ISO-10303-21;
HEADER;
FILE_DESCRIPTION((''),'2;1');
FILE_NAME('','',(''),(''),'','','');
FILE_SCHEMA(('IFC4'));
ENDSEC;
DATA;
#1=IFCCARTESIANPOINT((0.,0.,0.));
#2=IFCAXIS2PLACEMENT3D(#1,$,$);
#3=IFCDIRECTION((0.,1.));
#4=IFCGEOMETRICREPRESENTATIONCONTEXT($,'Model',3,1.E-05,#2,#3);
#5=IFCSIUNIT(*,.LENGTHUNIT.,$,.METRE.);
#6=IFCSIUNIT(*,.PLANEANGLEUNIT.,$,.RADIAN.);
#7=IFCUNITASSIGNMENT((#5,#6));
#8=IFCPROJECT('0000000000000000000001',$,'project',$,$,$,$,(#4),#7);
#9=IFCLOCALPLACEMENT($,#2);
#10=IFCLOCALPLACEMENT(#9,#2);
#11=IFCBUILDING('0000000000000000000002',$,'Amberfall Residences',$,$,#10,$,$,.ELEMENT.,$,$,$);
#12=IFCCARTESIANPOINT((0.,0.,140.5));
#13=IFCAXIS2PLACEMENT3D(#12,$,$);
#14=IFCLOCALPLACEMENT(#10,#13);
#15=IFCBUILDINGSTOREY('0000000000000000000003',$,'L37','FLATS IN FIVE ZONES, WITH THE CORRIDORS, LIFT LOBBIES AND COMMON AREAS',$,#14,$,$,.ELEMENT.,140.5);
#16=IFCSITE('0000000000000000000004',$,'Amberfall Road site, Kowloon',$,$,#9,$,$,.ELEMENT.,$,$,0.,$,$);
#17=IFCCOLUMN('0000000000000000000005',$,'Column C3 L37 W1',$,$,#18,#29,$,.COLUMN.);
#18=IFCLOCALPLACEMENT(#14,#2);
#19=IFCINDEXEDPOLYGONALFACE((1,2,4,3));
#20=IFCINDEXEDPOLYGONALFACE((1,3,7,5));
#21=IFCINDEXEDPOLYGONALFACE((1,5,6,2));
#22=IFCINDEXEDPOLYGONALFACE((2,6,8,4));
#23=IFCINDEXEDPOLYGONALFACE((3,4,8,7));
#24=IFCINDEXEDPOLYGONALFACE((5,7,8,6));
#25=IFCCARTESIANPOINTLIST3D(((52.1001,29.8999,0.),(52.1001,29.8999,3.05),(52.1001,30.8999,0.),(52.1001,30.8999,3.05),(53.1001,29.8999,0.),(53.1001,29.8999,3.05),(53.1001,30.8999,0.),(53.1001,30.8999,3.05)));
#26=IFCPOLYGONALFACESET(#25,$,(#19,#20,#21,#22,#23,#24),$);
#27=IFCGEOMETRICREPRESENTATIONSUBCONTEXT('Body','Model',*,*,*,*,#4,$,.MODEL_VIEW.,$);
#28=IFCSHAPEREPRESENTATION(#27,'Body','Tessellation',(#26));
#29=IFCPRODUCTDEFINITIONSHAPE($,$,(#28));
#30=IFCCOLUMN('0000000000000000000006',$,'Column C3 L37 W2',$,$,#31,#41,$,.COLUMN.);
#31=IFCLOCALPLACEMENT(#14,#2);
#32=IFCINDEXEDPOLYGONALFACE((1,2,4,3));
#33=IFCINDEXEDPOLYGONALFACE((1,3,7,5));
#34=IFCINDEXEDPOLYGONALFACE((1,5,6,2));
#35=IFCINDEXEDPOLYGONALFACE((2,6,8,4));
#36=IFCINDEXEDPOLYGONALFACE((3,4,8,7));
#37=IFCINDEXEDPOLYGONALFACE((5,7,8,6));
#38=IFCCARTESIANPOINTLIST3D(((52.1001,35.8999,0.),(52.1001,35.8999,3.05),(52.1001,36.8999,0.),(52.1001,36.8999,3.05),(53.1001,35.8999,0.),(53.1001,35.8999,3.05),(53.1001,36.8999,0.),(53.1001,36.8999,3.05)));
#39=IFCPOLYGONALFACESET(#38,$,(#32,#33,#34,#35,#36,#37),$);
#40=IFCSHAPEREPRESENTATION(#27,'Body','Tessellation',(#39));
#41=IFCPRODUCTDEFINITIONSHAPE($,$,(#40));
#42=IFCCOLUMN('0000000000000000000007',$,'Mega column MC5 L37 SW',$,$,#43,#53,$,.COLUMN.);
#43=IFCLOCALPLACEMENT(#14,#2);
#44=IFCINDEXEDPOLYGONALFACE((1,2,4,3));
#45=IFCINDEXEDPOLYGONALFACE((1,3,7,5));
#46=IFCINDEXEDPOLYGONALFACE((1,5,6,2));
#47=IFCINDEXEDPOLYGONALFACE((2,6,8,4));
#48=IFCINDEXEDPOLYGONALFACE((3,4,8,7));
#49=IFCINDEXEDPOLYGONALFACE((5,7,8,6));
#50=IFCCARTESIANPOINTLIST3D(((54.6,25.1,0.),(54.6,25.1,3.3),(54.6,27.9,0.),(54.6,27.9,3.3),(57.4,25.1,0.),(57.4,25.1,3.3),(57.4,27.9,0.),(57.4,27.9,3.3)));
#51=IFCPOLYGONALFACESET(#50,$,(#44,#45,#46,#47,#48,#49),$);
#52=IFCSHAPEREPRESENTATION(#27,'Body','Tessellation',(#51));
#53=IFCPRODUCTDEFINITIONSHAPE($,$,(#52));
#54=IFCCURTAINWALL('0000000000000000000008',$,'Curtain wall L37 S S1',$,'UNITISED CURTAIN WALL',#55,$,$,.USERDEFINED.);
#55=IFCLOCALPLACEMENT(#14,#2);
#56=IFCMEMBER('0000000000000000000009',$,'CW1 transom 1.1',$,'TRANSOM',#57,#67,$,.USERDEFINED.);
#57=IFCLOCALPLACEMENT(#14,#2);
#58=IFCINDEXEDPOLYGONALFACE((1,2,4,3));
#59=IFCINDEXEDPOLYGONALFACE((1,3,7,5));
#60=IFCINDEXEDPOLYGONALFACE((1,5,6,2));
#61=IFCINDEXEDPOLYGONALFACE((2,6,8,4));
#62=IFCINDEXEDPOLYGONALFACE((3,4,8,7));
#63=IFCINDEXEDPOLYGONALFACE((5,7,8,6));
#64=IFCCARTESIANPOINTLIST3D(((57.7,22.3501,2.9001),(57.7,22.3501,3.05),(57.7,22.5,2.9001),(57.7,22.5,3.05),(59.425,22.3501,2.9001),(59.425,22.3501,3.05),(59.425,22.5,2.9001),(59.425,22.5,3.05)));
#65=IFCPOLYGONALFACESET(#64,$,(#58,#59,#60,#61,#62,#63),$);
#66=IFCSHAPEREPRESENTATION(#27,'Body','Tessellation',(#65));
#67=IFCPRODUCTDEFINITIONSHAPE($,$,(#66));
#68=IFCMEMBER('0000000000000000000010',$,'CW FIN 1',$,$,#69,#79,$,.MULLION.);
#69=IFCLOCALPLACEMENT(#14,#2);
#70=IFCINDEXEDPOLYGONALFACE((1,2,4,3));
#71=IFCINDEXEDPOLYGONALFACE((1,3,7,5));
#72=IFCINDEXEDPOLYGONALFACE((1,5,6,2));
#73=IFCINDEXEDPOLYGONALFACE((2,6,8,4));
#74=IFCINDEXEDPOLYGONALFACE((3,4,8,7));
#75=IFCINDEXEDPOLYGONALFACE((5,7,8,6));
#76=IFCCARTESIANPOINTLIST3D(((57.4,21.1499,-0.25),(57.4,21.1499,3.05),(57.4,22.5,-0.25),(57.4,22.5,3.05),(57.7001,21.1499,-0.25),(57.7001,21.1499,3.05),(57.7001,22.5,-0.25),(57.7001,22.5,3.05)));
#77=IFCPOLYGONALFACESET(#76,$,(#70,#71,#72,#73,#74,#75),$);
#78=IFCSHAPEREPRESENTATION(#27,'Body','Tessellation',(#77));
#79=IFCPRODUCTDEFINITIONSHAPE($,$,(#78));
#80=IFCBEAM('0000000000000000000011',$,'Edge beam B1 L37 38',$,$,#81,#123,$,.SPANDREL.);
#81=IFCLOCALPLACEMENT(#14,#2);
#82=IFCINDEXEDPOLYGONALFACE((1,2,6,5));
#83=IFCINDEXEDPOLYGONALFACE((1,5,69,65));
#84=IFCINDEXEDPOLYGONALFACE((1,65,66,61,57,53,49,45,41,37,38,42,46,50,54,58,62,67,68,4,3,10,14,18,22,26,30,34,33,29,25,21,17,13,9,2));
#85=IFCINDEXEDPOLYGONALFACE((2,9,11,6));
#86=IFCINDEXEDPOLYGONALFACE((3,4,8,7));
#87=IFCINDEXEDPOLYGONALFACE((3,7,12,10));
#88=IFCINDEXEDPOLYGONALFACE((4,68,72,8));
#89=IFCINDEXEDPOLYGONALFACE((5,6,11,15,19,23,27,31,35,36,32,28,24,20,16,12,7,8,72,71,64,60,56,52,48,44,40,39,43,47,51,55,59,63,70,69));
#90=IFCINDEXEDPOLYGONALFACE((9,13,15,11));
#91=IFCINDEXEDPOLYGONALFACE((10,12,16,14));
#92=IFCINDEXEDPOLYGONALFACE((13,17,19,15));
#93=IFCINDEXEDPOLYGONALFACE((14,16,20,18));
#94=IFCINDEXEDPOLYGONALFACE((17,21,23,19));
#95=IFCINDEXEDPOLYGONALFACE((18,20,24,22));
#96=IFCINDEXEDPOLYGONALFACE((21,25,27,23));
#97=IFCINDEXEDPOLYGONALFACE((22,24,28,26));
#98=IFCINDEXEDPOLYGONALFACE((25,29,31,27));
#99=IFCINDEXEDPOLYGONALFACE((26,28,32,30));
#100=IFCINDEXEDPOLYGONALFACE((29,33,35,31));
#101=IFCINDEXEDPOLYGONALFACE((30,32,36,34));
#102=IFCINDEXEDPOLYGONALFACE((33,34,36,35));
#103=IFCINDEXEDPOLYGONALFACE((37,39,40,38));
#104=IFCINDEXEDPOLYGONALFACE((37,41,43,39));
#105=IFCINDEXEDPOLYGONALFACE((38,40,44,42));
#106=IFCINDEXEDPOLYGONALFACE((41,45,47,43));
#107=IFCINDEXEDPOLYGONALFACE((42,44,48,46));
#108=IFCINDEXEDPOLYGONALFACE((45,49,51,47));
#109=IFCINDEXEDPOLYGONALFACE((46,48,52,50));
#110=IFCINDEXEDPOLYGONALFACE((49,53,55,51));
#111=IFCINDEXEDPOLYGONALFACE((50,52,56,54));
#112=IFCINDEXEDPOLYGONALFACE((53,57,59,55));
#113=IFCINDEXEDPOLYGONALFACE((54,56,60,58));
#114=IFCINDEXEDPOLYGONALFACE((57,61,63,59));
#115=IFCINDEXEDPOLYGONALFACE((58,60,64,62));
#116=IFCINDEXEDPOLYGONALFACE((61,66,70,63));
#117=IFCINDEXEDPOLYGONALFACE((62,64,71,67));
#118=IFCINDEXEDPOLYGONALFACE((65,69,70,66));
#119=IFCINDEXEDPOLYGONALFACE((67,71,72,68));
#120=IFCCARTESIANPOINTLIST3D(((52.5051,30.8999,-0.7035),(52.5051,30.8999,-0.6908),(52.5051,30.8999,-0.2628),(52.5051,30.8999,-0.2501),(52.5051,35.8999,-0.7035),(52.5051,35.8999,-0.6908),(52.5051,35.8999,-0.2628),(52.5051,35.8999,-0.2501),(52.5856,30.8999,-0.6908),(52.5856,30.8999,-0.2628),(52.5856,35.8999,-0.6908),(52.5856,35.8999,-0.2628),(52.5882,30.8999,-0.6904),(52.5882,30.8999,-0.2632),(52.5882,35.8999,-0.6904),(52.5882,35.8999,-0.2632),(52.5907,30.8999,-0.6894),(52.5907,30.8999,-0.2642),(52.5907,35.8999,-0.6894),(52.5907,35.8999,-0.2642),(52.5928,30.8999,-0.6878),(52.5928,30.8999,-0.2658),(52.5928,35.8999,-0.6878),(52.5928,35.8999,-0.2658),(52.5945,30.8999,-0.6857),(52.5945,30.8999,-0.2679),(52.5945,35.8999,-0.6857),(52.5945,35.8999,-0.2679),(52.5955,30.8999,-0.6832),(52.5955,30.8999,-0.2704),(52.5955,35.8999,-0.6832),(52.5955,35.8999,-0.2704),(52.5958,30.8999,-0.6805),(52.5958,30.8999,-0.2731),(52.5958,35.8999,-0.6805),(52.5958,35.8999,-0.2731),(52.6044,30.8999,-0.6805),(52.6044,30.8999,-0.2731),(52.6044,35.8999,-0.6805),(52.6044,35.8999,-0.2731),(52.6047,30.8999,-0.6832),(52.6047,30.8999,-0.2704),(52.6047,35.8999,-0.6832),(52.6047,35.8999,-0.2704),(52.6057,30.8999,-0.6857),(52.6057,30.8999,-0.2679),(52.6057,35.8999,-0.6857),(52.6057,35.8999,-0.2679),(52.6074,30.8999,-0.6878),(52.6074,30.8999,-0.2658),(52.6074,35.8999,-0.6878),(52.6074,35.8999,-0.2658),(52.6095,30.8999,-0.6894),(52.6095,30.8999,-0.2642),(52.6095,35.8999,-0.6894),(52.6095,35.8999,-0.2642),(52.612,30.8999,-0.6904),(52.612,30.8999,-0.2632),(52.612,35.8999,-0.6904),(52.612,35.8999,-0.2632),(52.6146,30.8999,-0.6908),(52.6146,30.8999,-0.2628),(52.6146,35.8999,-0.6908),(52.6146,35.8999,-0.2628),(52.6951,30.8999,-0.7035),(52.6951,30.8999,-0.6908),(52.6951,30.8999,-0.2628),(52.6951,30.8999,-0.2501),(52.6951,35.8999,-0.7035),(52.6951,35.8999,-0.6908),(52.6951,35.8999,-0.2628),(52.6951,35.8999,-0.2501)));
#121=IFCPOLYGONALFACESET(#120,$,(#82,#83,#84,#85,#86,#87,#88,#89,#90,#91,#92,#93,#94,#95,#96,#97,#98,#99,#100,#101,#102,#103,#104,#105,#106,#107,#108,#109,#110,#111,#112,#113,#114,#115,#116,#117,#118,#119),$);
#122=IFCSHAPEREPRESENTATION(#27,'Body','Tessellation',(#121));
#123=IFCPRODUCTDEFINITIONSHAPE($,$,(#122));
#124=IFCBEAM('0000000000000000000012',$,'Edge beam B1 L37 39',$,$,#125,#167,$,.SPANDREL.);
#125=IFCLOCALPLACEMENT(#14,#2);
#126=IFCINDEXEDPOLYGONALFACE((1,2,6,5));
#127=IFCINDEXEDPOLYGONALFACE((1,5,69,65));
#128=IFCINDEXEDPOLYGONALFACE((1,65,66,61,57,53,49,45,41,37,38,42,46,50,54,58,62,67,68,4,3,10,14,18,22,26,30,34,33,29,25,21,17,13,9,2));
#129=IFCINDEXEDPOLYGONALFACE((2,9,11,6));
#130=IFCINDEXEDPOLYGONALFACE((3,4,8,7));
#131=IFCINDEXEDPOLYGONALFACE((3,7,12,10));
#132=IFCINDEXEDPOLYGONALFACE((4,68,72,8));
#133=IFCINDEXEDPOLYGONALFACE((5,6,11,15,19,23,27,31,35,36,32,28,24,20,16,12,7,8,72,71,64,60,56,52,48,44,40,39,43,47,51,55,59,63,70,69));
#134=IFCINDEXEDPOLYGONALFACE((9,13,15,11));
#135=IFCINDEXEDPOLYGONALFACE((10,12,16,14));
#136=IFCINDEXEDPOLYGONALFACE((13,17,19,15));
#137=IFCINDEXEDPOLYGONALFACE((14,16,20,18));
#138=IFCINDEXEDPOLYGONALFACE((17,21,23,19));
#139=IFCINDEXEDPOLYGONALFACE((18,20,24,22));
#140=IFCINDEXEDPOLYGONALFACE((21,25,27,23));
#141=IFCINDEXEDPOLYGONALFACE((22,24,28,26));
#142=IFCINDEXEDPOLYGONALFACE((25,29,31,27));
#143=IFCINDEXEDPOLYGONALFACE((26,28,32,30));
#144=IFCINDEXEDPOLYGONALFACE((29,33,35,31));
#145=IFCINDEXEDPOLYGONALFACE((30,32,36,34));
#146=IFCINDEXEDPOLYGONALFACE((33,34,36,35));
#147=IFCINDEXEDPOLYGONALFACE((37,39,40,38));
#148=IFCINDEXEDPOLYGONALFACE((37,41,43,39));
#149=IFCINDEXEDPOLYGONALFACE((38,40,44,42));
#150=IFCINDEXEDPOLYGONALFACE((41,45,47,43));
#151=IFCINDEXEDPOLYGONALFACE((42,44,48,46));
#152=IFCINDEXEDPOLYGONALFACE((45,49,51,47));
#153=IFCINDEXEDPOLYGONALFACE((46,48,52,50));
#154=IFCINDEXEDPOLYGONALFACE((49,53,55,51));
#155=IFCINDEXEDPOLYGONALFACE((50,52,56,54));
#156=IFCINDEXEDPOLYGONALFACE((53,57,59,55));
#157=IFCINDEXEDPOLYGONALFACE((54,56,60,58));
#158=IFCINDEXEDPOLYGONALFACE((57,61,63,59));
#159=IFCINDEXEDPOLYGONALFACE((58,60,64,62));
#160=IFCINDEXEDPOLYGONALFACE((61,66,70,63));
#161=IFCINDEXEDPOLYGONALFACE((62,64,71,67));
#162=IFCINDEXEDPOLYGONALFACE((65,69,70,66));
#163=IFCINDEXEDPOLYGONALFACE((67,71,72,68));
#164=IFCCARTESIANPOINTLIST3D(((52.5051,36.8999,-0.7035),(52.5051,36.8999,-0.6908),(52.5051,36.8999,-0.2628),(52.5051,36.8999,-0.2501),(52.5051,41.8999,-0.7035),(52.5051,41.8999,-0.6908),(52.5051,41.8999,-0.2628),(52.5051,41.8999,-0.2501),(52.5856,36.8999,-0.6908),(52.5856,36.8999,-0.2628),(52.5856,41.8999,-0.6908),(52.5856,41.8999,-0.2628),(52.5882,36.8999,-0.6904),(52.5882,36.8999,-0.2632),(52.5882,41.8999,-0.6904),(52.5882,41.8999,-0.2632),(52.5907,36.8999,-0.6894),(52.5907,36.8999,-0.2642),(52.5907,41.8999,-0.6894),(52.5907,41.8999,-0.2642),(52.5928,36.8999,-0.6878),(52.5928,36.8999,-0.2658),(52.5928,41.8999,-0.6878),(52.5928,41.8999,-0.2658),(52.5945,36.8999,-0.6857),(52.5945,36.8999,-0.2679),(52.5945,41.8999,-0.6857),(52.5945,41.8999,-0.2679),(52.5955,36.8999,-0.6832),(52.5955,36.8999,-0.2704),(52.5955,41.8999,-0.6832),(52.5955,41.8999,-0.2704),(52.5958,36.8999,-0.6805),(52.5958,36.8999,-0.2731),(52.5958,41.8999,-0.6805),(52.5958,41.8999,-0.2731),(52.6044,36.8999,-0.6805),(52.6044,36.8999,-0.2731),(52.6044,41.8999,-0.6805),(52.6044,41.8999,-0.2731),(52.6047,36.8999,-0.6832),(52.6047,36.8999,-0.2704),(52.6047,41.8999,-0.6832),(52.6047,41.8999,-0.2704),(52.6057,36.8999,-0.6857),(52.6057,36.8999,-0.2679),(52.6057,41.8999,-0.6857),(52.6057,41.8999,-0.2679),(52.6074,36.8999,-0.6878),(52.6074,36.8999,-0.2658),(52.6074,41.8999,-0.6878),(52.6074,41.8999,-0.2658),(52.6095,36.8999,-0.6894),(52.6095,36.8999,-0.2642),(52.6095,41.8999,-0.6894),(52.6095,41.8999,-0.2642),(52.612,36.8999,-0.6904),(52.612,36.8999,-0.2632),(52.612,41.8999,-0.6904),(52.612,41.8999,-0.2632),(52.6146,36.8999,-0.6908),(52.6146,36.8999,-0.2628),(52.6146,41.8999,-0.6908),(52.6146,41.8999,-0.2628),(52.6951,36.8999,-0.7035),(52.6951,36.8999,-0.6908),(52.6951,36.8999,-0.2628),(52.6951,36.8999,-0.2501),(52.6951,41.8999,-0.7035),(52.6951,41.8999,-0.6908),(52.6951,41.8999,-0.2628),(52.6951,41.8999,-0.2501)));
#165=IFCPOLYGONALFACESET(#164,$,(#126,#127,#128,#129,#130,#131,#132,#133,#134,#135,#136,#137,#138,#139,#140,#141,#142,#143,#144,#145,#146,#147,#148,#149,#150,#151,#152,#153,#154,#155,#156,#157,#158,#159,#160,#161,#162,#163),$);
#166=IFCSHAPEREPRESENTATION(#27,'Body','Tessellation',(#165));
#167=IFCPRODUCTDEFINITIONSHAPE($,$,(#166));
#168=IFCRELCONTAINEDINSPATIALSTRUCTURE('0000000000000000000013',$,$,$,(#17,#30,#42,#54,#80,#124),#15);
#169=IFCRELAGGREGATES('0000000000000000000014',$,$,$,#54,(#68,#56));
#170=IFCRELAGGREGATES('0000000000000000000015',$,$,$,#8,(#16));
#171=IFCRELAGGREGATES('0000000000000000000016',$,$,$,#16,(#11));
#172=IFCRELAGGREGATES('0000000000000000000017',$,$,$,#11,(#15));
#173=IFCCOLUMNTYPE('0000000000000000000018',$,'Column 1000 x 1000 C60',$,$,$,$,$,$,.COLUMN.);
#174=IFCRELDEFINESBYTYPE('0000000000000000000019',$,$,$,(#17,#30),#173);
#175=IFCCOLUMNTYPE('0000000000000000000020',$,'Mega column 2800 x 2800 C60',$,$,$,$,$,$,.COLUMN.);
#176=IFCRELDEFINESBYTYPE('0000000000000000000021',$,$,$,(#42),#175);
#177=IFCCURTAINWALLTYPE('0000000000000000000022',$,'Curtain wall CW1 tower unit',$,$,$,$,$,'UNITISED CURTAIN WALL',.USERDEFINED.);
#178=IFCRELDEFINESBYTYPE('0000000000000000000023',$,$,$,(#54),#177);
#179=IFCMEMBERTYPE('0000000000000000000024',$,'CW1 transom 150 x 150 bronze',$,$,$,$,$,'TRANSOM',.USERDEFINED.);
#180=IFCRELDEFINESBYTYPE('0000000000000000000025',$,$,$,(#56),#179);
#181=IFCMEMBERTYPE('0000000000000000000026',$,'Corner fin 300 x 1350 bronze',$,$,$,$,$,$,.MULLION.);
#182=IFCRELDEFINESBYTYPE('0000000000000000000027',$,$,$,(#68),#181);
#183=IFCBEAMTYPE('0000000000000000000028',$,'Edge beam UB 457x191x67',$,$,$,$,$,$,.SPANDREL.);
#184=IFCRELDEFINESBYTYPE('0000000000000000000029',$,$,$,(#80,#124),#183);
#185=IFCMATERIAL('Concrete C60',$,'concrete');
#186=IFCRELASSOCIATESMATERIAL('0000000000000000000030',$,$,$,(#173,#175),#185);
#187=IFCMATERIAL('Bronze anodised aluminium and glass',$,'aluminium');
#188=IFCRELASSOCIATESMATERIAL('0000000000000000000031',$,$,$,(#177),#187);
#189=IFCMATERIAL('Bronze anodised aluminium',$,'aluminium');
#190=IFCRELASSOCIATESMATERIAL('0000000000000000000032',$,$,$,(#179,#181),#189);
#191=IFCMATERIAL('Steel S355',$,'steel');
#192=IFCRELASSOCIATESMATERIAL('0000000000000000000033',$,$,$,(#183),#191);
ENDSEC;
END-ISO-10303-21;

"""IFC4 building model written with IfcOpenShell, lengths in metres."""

from ifc_helpers import new_model, si_unit, direction, frame, origin, origin_2d, place, context, subcontext, project, spatial, rectangle, i_section, extrude, material, material_profile, profile_set, type_object, element, aggregate, save


model = new_model("IFC4")

# Units and contexts
model_context = context("Model", 3, precision=1e-05, world=origin(), true_north=direction((0.0, 1.0)))
body_context = subcontext(model_context, "Body", "Model", "MODEL_VIEW")
ifc_project = project(units=[si_unit("LENGTHUNIT", "METRE"), si_unit("PLANEANGLEUNIT", "RADIAN")], contexts=[model_context])

# Site, building, storey
site_placement = place(None, origin())
site = spatial("IfcSite", under=ifc_project, at=site_placement, Name="Amberfall Road site, Kowloon", CompositionType="ELEMENT", RefElevation=0.0)
building_placement = place(site_placement, origin())
building = spatial("IfcBuilding", under=site, at=building_placement, Name="Amberfall Residences", CompositionType="ELEMENT")
storey_placement = place(building_placement, frame((0.0, 0.0, 140.5)))
storey = spatial("IfcBuildingStorey", under=building, at=storey_placement, Name="L37", Description="FLATS IN FIVE ZONES, WITH THE CORRIDORS, LIFT LOBBIES AND COMMON AREAS", CompositionType="ELEMENT", Elevation=140.5)

# Columns
ifc_material_1 = material(Name="Concrete C60", Category="concrete")
ifc_material_profile_1 = material_profile(ifc_material_1, rectangle(XDim=1.0, YDim=1.0, at=origin_2d()), Name="Column 1000 x 1000 C60")
ifc_profile_set_1 = profile_set([ifc_material_profile_1], Name="Concrete C60")
column_type_1 = type_object("IfcColumnType", Name="Column 1000 x 1000 C60", PredefinedType="COLUMN", material=ifc_profile_set_1)
for number, where, z_axis, x_axis, name in (
    (1, (52.6001, 30.3999, 0.0), (0.0, 0.0, 1.0), (1.0, 0.0, 0.0), "Column C3 L37 W1"),
    (2, (52.6001, 36.3999, 0.0), (0.0, 0.0, 1.0), (1.0, 0.0, 0.0), "Column C3 L37 W2"),
):
    element("IfcColumn", number, at=place(storey_placement, frame(where, z_axis=z_axis, x_axis=x_axis)), inside=storey, type_object=column_type_1, Name=name, PredefinedType="COLUMN", context=body_context, shape_type="SweptSolid", body=[
        extrude(rectangle(XDim=1.0, YDim=1.0, at=origin_2d()), origin(), (0.0, 0.0, 1.0), 3.05),
    ])
ifc_material_profile_2 = material_profile(ifc_material_1, rectangle(XDim=2.8, YDim=2.8, at=origin_2d()), Name="Mega column 2800 x 2800 C60")
ifc_profile_set_2 = profile_set([ifc_material_profile_2], Name="Concrete C60")
column_type_2 = type_object("IfcColumnType", Name="Mega column 2800 x 2800 C60", PredefinedType="COLUMN", material=ifc_profile_set_2)
column_placement = place(storey_placement, frame((56.0, 26.5, 0.0), z_axis=(0.0, 0.0, 1.0), x_axis=(1.0, 0.0, 0.0)))
element("IfcColumn", 3, at=column_placement, inside=storey, type_object=column_type_2, Name="Mega column MC5 L37 SW", PredefinedType="COLUMN", context=body_context, shape_type="SweptSolid", body=[
    extrude(rectangle(XDim=2.8, YDim=2.8, at=origin_2d()), origin(), (0.0, 0.0, 1.0), 3.3),
])

# Curtain wall, members
ifc_material_2 = material(Name="Bronze anodised aluminium and glass", Category="aluminium")
curtain_wall_type = type_object("IfcCurtainWallType", Name="Curtain wall CW1 tower unit", ElementType="UNITISED CURTAIN WALL", PredefinedType="USERDEFINED", material=ifc_material_2)
curtain_wall_placement = place(storey_placement, origin())
curtain_wall = element("IfcCurtainWall", 4, at=curtain_wall_placement, inside=storey, type_object=curtain_wall_type, Name="Curtain wall L37 S S1", ObjectType="UNITISED CURTAIN WALL", PredefinedType="USERDEFINED")
ifc_material_3 = material(Name="Bronze anodised aluminium", Category="aluminium")
ifc_material_profile_3 = material_profile(ifc_material_3, rectangle(XDim=0.1499, YDim=0.1499, at=origin_2d()), Name="CW1 transom 150 x 150 bronze")
ifc_profile_set_3 = profile_set([ifc_material_profile_3], Name="Bronze anodised aluminium")
member_type_1 = type_object("IfcMemberType", Name="CW1 transom 150 x 150 bronze", ElementType="TRANSOM", PredefinedType="USERDEFINED", material=ifc_profile_set_3)
member_1_placement = place(storey_placement, frame((57.7, 22.425, 2.9751), z_axis=(1.0, 0.0, 0.0), x_axis=(0.0, 1.0, 0.0)))
member_1 = element("IfcMember", 5, at=member_1_placement, type_object=member_type_1, Name="CW1 transom 1.1", ObjectType="TRANSOM", PredefinedType="USERDEFINED", context=body_context, shape_type="SweptSolid", body=[
    extrude(rectangle(XDim=0.1499, YDim=0.1499, at=origin_2d()), origin(), (0.0, 0.0, 1.0), 1.7251),
])
ifc_material_profile_4 = material_profile(ifc_material_3, rectangle(XDim=1.3501, YDim=0.3, at=origin_2d()), Name="Corner fin 300 x 1350 bronze")
ifc_profile_set_4 = profile_set([ifc_material_profile_4], Name="Bronze anodised aluminium")
member_type_2 = type_object("IfcMemberType", Name="Corner fin 300 x 1350 bronze", PredefinedType="MULLION", material=ifc_profile_set_4)
member_2_placement = place(storey_placement, frame((57.55, 21.825, -0.25), z_axis=(0.0, 0.0, 1.0), x_axis=(0.0, 1.0, 0.0)))
member_2 = element("IfcMember", 6, at=member_2_placement, type_object=member_type_2, Name="CW FIN 1", PredefinedType="MULLION", context=body_context, shape_type="SweptSolid", body=[
    extrude(rectangle(XDim=1.3501, YDim=0.3, at=origin_2d()), origin(), (0.0, 0.0, 1.0), 3.3),
])

# Beams
ifc_material_4 = material(Name="Steel S355", Category="steel")
ifc_material_profile_5 = material_profile(ifc_material_4, i_section(OverallWidth=0.1899, OverallDepth=0.4534, WebThickness=0.0085, FlangeThickness=0.0127, FilletRadius=0.0103, at=origin_2d()), Name="UB 457x191x67")
ifc_profile_set_5 = profile_set([ifc_material_profile_5], Name="Steel S355")
beam_type_1 = type_object("IfcBeamType", Name="Edge beam UB 457x191x67", PredefinedType="SPANDREL", material=ifc_profile_set_5)
for number, where, z_axis, x_axis, name in (
    (7, (52.6001, 30.8999, -0.4768), (0.0, 1.0, 0.0), (-1.0, 0.0, 0.0), "Edge beam B1 L37 38"),
    (8, (52.6001, 36.8999, -0.4768), (0.0, 1.0, 0.0), (-1.0, 0.0, 0.0), "Edge beam B1 L37 39"),
):
    element("IfcBeam", number, at=place(storey_placement, frame(where, z_axis=z_axis, x_axis=x_axis)), inside=storey, type_object=beam_type_1, Name=name, PredefinedType="SPANDREL", context=body_context, shape_type="SweptSolid", body=[
        extrude(i_section(OverallWidth=0.1899, OverallDepth=0.4534, WebThickness=0.0085, FlangeThickness=0.0127, FilletRadius=0.0103, at=origin_2d()), origin(), (0.0, 0.0, 1.0), 5.0),
    ])

aggregate(curtain_wall, [member_2, member_1])

save(model, "model.ifc")
